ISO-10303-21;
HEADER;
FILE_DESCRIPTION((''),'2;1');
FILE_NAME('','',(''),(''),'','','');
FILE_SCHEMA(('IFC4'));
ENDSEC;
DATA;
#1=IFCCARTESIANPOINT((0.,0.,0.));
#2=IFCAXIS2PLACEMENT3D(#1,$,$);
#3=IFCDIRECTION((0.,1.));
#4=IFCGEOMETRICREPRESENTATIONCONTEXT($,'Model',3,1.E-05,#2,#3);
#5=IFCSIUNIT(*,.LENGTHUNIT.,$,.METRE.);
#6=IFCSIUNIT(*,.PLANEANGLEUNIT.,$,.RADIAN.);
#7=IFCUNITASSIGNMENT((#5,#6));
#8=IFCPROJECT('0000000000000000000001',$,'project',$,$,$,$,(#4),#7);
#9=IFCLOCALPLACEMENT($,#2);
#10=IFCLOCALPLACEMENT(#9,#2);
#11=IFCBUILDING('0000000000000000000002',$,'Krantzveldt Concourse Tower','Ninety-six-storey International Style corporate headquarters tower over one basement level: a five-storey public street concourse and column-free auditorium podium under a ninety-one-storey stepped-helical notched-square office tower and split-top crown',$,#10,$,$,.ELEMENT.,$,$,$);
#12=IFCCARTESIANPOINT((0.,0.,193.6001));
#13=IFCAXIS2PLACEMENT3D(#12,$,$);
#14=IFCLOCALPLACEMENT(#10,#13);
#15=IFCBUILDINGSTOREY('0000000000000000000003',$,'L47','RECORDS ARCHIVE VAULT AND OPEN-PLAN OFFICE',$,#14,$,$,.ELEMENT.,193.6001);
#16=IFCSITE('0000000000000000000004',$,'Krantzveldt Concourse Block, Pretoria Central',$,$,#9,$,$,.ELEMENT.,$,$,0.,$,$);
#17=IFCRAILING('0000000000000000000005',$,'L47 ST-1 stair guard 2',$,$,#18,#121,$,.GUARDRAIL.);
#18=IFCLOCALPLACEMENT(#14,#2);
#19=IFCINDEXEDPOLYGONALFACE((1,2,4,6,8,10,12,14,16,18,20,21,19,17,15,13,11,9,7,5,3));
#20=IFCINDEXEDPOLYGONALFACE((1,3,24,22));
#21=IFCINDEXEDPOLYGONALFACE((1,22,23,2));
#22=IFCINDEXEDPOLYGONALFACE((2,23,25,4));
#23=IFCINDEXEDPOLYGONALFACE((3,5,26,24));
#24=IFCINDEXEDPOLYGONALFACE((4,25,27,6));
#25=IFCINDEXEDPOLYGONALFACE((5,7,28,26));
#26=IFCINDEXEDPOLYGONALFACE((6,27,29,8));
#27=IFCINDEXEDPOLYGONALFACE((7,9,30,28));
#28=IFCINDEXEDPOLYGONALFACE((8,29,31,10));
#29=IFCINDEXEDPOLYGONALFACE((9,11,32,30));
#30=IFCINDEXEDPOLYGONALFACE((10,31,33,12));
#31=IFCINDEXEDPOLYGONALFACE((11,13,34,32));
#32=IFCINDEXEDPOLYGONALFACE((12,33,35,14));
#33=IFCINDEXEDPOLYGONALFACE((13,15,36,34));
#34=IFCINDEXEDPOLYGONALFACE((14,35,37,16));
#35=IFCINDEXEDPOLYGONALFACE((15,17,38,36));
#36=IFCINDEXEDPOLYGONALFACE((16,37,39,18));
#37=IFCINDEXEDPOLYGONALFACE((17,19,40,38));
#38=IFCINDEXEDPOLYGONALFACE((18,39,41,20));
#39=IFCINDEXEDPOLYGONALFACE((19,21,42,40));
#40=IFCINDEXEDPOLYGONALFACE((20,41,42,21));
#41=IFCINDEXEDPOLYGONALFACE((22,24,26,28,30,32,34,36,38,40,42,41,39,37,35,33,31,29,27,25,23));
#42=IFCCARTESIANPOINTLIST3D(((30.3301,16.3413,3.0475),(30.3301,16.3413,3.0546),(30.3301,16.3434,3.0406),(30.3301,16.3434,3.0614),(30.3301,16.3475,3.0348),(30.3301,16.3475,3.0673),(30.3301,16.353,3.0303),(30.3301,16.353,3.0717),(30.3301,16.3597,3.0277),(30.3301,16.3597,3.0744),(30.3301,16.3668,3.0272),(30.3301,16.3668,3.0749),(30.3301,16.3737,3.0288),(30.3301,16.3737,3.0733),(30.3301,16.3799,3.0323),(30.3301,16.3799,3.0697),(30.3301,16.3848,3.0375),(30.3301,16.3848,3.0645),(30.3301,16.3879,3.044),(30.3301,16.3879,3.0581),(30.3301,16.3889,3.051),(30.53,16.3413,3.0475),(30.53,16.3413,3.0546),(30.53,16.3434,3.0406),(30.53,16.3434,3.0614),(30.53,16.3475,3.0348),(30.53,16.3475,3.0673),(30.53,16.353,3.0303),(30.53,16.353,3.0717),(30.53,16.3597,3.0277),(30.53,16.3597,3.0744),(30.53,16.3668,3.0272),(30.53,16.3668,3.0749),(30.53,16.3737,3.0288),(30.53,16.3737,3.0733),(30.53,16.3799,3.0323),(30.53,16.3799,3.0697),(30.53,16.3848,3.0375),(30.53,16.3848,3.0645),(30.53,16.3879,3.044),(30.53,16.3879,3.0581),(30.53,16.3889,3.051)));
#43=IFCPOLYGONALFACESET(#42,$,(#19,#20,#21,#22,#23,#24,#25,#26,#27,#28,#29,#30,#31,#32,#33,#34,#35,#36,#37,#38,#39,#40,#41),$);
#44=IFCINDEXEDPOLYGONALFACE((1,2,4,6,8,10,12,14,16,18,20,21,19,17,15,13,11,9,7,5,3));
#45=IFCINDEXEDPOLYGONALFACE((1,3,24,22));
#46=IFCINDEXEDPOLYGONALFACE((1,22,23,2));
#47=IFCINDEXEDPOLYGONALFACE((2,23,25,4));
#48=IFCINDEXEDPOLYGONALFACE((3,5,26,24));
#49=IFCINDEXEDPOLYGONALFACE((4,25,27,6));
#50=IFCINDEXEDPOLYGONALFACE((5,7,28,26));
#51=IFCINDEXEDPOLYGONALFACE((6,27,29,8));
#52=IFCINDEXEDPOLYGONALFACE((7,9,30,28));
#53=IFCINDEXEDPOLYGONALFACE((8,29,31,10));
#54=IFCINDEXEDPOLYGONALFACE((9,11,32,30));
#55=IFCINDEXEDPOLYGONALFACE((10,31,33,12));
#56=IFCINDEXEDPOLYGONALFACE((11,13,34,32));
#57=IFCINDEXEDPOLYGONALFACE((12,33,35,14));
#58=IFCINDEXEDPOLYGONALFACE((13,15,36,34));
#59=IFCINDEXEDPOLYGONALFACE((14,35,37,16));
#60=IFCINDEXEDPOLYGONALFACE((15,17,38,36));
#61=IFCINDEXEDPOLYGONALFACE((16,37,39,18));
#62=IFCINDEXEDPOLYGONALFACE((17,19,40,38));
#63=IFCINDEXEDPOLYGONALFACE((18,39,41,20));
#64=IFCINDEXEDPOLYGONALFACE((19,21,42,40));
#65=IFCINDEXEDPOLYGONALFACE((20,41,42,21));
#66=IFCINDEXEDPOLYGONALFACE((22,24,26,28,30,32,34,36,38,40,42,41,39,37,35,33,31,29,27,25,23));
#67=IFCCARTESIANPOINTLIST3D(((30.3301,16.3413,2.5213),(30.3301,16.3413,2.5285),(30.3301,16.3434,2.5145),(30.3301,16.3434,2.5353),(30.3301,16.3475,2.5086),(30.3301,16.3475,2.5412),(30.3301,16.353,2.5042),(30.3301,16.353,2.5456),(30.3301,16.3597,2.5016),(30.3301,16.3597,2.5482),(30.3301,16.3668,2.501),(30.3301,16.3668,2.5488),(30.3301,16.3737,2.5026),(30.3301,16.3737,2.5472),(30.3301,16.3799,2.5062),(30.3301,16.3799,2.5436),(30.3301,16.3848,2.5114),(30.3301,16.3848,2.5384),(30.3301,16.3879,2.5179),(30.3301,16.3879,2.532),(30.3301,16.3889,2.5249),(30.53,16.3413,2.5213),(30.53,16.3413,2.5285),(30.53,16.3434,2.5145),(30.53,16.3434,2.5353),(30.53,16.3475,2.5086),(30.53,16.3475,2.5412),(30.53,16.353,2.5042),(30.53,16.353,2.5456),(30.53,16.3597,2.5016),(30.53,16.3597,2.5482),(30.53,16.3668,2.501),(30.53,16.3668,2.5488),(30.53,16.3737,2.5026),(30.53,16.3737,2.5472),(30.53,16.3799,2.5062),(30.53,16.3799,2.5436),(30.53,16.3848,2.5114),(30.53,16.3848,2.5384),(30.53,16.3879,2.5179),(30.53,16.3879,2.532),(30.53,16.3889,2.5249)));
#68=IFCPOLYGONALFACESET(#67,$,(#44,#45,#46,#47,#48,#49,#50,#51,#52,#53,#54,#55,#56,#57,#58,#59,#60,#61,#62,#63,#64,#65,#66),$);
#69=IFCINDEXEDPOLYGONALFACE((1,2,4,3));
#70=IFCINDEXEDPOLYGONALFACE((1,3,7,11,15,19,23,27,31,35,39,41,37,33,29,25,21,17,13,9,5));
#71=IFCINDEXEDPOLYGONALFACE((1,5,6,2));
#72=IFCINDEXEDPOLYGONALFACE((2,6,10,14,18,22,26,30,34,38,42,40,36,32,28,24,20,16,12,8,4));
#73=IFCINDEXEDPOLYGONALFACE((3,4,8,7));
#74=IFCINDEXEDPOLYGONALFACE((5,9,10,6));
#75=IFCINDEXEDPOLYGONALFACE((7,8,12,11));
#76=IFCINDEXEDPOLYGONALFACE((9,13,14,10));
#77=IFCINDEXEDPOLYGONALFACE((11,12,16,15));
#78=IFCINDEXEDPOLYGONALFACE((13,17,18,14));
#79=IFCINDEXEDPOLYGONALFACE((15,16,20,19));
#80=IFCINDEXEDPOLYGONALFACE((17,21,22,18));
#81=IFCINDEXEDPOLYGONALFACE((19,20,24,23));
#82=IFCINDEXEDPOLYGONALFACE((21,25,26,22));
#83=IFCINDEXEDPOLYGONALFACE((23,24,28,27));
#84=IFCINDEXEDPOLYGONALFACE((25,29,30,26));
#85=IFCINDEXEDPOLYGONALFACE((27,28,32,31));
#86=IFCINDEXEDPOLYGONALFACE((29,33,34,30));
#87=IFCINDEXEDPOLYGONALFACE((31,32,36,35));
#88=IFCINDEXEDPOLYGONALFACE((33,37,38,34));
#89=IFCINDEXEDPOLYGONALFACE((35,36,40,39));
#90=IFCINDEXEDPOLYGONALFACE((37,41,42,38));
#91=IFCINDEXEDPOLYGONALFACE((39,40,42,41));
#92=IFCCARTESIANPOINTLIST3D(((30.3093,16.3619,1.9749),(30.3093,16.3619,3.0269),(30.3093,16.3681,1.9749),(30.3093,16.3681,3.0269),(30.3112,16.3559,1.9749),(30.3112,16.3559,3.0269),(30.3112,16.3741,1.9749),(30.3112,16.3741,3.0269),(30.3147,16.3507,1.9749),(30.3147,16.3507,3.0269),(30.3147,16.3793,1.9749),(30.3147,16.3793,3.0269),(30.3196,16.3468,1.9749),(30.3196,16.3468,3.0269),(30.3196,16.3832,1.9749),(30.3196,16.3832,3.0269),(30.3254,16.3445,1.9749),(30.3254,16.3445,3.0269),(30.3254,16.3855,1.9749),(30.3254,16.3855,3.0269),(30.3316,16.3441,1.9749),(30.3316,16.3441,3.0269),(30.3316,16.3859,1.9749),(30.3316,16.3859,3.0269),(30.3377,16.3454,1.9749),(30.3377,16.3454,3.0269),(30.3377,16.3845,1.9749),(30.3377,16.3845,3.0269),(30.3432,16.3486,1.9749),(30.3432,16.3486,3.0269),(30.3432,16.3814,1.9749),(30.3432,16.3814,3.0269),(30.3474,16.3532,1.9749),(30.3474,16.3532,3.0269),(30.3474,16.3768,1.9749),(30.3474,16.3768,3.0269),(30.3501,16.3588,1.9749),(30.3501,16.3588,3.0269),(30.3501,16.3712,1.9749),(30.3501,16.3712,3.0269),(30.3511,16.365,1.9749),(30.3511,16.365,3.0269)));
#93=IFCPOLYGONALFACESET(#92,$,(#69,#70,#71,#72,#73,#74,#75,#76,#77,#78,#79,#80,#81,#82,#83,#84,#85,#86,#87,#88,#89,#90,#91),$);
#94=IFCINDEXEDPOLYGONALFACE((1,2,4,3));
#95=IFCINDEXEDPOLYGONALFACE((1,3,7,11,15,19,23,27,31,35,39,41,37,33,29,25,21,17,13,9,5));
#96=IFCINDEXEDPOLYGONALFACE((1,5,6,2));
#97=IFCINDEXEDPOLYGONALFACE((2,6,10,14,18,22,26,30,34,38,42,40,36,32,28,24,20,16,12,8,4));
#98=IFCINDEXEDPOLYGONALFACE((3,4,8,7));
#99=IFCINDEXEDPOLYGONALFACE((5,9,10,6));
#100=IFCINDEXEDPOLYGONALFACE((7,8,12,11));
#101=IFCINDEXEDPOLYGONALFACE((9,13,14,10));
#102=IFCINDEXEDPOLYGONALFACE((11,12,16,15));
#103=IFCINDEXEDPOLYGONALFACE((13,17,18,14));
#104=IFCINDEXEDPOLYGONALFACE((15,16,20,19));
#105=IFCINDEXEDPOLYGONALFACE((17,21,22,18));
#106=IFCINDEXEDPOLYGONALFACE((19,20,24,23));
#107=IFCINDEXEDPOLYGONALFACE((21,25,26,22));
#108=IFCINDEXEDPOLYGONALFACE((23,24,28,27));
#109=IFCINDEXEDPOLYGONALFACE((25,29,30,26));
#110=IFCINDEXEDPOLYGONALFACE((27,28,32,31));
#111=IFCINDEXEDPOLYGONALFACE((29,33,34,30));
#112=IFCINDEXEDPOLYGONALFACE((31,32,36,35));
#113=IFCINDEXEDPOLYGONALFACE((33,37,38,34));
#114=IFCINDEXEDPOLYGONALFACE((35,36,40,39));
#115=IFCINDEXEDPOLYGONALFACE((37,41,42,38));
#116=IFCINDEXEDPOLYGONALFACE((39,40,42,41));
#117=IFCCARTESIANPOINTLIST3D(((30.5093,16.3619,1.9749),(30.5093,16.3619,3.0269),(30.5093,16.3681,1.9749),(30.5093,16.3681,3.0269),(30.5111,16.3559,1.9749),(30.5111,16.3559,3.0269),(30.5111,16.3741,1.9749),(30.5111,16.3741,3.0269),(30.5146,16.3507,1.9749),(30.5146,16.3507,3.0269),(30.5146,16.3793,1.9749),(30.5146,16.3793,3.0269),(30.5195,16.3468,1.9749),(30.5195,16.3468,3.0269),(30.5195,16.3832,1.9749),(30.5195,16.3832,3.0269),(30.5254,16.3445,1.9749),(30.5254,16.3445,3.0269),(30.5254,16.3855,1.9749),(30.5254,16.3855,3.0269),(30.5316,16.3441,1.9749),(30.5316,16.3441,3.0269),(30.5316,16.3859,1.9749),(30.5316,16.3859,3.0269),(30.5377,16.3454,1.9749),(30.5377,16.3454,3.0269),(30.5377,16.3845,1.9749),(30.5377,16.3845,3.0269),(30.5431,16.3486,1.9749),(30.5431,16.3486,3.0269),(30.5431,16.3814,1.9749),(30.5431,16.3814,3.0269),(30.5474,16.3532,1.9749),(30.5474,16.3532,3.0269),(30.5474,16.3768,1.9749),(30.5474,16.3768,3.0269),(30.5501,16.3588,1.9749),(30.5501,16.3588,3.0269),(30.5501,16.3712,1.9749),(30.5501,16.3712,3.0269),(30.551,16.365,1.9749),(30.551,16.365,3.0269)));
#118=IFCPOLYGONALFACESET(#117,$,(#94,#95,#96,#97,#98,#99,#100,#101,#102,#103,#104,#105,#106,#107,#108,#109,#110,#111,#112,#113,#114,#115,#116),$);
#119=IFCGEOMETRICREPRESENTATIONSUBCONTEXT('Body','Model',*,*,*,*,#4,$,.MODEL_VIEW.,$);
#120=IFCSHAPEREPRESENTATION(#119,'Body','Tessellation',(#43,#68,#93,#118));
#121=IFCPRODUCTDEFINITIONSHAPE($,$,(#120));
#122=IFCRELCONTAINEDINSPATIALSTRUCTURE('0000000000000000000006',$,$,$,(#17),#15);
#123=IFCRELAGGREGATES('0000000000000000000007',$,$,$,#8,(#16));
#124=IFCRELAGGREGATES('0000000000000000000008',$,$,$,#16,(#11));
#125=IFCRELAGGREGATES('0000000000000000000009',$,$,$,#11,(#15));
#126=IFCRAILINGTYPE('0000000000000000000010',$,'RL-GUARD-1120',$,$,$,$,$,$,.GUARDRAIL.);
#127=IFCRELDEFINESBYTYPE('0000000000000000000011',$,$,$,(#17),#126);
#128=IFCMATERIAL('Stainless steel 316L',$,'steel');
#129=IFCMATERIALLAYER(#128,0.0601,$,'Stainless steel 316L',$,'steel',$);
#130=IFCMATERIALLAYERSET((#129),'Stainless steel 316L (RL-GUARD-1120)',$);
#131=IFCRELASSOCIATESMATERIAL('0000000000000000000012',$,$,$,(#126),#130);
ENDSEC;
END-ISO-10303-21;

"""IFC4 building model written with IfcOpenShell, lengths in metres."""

from ifc_helpers import new_model, si_unit, direction, frame, origin, origin_2d, place, context, subcontext, project, spatial, circle, extrude, material, layer, layer_set, type_object, element, save


model = new_model("IFC4")

# Units and contexts
model_context = context("Model", 3, precision=1e-05, world=origin(), true_north=direction((0.0, 1.0)))
body_context = subcontext(model_context, "Body", "Model", "MODEL_VIEW")
ifc_project = project(units=[si_unit("LENGTHUNIT", "METRE"), si_unit("PLANEANGLEUNIT", "RADIAN")], contexts=[model_context])

# Site, building, storey
site_placement = place(None, origin())
site = spatial("IfcSite", under=ifc_project, at=site_placement, Name="Krantzveldt Concourse Block, Pretoria Central", CompositionType="ELEMENT", RefElevation=0.0)
building_placement = place(site_placement, origin())
building = spatial("IfcBuilding", under=site, at=building_placement, Name="Krantzveldt Concourse Tower", Description="Ninety-six-storey International Style corporate headquarters tower over one basement level: a five-storey public street concourse and column-free auditorium podium under a ninety-one-storey stepped-helical notched-square office tower and split-top crown", CompositionType="ELEMENT")
storey_placement = place(building_placement, frame((0.0, 0.0, 193.6001)))
storey = spatial("IfcBuildingStorey", under=building, at=storey_placement, Name="L47", Description="RECORDS ARCHIVE VAULT AND OPEN-PLAN OFFICE", CompositionType="ELEMENT", Elevation=193.6001)

# Shared definitions
ifc_material_1 = material(Name="Stainless steel 316L", Category="steel")

# Railing
ifc_layer_1 = layer(ifc_material_1, 0.0601, Name="Stainless steel 316L", Category="steel")
ifc_layer_set_1 = layer_set([ifc_layer_1], Name="Stainless steel 316L (RL-GUARD-1120)")
railing_type_1 = type_object("IfcRailingType", Name="RL-GUARD-1120", PredefinedType="GUARDRAIL", material=ifc_layer_set_1)
railing_1_placement = place(storey_placement, frame((30.3301, 16.365, 1.9749)))
element("IfcRailing", 1, at=railing_1_placement, inside=storey, type_object=railing_type_1, Name="L47 ST-1 stair guard 2", PredefinedType="GUARDRAIL", context=body_context, shape_type="SweptSolid", body=[
    extrude(circle(Radius=0.0239, at=origin_2d()), frame((0.0, 0.0, 1.0762), z_axis=(1.0, 0.0, 0.0), x_axis=(0.0, 1.0, 0.0)), (0.0, 0.0, 1.0), 0.2),
    extrude(circle(Radius=0.0239, at=origin_2d()), frame((0.0, 0.0, 0.55), z_axis=(1.0, 0.0, 0.0), x_axis=(0.0, 1.0, 0.0)), (0.0, 0.0, 1.0), 0.2),
    extrude(circle(Radius=0.021, at=origin_2d()), origin(), (0.0, 0.0, 1.0), 1.052),
    extrude(circle(Radius=0.021, at=origin_2d()), frame((0.2, 0.0, 0.0)), (0.0, 0.0, 1.0), 1.052),
])

save(model, "model.ifc")
